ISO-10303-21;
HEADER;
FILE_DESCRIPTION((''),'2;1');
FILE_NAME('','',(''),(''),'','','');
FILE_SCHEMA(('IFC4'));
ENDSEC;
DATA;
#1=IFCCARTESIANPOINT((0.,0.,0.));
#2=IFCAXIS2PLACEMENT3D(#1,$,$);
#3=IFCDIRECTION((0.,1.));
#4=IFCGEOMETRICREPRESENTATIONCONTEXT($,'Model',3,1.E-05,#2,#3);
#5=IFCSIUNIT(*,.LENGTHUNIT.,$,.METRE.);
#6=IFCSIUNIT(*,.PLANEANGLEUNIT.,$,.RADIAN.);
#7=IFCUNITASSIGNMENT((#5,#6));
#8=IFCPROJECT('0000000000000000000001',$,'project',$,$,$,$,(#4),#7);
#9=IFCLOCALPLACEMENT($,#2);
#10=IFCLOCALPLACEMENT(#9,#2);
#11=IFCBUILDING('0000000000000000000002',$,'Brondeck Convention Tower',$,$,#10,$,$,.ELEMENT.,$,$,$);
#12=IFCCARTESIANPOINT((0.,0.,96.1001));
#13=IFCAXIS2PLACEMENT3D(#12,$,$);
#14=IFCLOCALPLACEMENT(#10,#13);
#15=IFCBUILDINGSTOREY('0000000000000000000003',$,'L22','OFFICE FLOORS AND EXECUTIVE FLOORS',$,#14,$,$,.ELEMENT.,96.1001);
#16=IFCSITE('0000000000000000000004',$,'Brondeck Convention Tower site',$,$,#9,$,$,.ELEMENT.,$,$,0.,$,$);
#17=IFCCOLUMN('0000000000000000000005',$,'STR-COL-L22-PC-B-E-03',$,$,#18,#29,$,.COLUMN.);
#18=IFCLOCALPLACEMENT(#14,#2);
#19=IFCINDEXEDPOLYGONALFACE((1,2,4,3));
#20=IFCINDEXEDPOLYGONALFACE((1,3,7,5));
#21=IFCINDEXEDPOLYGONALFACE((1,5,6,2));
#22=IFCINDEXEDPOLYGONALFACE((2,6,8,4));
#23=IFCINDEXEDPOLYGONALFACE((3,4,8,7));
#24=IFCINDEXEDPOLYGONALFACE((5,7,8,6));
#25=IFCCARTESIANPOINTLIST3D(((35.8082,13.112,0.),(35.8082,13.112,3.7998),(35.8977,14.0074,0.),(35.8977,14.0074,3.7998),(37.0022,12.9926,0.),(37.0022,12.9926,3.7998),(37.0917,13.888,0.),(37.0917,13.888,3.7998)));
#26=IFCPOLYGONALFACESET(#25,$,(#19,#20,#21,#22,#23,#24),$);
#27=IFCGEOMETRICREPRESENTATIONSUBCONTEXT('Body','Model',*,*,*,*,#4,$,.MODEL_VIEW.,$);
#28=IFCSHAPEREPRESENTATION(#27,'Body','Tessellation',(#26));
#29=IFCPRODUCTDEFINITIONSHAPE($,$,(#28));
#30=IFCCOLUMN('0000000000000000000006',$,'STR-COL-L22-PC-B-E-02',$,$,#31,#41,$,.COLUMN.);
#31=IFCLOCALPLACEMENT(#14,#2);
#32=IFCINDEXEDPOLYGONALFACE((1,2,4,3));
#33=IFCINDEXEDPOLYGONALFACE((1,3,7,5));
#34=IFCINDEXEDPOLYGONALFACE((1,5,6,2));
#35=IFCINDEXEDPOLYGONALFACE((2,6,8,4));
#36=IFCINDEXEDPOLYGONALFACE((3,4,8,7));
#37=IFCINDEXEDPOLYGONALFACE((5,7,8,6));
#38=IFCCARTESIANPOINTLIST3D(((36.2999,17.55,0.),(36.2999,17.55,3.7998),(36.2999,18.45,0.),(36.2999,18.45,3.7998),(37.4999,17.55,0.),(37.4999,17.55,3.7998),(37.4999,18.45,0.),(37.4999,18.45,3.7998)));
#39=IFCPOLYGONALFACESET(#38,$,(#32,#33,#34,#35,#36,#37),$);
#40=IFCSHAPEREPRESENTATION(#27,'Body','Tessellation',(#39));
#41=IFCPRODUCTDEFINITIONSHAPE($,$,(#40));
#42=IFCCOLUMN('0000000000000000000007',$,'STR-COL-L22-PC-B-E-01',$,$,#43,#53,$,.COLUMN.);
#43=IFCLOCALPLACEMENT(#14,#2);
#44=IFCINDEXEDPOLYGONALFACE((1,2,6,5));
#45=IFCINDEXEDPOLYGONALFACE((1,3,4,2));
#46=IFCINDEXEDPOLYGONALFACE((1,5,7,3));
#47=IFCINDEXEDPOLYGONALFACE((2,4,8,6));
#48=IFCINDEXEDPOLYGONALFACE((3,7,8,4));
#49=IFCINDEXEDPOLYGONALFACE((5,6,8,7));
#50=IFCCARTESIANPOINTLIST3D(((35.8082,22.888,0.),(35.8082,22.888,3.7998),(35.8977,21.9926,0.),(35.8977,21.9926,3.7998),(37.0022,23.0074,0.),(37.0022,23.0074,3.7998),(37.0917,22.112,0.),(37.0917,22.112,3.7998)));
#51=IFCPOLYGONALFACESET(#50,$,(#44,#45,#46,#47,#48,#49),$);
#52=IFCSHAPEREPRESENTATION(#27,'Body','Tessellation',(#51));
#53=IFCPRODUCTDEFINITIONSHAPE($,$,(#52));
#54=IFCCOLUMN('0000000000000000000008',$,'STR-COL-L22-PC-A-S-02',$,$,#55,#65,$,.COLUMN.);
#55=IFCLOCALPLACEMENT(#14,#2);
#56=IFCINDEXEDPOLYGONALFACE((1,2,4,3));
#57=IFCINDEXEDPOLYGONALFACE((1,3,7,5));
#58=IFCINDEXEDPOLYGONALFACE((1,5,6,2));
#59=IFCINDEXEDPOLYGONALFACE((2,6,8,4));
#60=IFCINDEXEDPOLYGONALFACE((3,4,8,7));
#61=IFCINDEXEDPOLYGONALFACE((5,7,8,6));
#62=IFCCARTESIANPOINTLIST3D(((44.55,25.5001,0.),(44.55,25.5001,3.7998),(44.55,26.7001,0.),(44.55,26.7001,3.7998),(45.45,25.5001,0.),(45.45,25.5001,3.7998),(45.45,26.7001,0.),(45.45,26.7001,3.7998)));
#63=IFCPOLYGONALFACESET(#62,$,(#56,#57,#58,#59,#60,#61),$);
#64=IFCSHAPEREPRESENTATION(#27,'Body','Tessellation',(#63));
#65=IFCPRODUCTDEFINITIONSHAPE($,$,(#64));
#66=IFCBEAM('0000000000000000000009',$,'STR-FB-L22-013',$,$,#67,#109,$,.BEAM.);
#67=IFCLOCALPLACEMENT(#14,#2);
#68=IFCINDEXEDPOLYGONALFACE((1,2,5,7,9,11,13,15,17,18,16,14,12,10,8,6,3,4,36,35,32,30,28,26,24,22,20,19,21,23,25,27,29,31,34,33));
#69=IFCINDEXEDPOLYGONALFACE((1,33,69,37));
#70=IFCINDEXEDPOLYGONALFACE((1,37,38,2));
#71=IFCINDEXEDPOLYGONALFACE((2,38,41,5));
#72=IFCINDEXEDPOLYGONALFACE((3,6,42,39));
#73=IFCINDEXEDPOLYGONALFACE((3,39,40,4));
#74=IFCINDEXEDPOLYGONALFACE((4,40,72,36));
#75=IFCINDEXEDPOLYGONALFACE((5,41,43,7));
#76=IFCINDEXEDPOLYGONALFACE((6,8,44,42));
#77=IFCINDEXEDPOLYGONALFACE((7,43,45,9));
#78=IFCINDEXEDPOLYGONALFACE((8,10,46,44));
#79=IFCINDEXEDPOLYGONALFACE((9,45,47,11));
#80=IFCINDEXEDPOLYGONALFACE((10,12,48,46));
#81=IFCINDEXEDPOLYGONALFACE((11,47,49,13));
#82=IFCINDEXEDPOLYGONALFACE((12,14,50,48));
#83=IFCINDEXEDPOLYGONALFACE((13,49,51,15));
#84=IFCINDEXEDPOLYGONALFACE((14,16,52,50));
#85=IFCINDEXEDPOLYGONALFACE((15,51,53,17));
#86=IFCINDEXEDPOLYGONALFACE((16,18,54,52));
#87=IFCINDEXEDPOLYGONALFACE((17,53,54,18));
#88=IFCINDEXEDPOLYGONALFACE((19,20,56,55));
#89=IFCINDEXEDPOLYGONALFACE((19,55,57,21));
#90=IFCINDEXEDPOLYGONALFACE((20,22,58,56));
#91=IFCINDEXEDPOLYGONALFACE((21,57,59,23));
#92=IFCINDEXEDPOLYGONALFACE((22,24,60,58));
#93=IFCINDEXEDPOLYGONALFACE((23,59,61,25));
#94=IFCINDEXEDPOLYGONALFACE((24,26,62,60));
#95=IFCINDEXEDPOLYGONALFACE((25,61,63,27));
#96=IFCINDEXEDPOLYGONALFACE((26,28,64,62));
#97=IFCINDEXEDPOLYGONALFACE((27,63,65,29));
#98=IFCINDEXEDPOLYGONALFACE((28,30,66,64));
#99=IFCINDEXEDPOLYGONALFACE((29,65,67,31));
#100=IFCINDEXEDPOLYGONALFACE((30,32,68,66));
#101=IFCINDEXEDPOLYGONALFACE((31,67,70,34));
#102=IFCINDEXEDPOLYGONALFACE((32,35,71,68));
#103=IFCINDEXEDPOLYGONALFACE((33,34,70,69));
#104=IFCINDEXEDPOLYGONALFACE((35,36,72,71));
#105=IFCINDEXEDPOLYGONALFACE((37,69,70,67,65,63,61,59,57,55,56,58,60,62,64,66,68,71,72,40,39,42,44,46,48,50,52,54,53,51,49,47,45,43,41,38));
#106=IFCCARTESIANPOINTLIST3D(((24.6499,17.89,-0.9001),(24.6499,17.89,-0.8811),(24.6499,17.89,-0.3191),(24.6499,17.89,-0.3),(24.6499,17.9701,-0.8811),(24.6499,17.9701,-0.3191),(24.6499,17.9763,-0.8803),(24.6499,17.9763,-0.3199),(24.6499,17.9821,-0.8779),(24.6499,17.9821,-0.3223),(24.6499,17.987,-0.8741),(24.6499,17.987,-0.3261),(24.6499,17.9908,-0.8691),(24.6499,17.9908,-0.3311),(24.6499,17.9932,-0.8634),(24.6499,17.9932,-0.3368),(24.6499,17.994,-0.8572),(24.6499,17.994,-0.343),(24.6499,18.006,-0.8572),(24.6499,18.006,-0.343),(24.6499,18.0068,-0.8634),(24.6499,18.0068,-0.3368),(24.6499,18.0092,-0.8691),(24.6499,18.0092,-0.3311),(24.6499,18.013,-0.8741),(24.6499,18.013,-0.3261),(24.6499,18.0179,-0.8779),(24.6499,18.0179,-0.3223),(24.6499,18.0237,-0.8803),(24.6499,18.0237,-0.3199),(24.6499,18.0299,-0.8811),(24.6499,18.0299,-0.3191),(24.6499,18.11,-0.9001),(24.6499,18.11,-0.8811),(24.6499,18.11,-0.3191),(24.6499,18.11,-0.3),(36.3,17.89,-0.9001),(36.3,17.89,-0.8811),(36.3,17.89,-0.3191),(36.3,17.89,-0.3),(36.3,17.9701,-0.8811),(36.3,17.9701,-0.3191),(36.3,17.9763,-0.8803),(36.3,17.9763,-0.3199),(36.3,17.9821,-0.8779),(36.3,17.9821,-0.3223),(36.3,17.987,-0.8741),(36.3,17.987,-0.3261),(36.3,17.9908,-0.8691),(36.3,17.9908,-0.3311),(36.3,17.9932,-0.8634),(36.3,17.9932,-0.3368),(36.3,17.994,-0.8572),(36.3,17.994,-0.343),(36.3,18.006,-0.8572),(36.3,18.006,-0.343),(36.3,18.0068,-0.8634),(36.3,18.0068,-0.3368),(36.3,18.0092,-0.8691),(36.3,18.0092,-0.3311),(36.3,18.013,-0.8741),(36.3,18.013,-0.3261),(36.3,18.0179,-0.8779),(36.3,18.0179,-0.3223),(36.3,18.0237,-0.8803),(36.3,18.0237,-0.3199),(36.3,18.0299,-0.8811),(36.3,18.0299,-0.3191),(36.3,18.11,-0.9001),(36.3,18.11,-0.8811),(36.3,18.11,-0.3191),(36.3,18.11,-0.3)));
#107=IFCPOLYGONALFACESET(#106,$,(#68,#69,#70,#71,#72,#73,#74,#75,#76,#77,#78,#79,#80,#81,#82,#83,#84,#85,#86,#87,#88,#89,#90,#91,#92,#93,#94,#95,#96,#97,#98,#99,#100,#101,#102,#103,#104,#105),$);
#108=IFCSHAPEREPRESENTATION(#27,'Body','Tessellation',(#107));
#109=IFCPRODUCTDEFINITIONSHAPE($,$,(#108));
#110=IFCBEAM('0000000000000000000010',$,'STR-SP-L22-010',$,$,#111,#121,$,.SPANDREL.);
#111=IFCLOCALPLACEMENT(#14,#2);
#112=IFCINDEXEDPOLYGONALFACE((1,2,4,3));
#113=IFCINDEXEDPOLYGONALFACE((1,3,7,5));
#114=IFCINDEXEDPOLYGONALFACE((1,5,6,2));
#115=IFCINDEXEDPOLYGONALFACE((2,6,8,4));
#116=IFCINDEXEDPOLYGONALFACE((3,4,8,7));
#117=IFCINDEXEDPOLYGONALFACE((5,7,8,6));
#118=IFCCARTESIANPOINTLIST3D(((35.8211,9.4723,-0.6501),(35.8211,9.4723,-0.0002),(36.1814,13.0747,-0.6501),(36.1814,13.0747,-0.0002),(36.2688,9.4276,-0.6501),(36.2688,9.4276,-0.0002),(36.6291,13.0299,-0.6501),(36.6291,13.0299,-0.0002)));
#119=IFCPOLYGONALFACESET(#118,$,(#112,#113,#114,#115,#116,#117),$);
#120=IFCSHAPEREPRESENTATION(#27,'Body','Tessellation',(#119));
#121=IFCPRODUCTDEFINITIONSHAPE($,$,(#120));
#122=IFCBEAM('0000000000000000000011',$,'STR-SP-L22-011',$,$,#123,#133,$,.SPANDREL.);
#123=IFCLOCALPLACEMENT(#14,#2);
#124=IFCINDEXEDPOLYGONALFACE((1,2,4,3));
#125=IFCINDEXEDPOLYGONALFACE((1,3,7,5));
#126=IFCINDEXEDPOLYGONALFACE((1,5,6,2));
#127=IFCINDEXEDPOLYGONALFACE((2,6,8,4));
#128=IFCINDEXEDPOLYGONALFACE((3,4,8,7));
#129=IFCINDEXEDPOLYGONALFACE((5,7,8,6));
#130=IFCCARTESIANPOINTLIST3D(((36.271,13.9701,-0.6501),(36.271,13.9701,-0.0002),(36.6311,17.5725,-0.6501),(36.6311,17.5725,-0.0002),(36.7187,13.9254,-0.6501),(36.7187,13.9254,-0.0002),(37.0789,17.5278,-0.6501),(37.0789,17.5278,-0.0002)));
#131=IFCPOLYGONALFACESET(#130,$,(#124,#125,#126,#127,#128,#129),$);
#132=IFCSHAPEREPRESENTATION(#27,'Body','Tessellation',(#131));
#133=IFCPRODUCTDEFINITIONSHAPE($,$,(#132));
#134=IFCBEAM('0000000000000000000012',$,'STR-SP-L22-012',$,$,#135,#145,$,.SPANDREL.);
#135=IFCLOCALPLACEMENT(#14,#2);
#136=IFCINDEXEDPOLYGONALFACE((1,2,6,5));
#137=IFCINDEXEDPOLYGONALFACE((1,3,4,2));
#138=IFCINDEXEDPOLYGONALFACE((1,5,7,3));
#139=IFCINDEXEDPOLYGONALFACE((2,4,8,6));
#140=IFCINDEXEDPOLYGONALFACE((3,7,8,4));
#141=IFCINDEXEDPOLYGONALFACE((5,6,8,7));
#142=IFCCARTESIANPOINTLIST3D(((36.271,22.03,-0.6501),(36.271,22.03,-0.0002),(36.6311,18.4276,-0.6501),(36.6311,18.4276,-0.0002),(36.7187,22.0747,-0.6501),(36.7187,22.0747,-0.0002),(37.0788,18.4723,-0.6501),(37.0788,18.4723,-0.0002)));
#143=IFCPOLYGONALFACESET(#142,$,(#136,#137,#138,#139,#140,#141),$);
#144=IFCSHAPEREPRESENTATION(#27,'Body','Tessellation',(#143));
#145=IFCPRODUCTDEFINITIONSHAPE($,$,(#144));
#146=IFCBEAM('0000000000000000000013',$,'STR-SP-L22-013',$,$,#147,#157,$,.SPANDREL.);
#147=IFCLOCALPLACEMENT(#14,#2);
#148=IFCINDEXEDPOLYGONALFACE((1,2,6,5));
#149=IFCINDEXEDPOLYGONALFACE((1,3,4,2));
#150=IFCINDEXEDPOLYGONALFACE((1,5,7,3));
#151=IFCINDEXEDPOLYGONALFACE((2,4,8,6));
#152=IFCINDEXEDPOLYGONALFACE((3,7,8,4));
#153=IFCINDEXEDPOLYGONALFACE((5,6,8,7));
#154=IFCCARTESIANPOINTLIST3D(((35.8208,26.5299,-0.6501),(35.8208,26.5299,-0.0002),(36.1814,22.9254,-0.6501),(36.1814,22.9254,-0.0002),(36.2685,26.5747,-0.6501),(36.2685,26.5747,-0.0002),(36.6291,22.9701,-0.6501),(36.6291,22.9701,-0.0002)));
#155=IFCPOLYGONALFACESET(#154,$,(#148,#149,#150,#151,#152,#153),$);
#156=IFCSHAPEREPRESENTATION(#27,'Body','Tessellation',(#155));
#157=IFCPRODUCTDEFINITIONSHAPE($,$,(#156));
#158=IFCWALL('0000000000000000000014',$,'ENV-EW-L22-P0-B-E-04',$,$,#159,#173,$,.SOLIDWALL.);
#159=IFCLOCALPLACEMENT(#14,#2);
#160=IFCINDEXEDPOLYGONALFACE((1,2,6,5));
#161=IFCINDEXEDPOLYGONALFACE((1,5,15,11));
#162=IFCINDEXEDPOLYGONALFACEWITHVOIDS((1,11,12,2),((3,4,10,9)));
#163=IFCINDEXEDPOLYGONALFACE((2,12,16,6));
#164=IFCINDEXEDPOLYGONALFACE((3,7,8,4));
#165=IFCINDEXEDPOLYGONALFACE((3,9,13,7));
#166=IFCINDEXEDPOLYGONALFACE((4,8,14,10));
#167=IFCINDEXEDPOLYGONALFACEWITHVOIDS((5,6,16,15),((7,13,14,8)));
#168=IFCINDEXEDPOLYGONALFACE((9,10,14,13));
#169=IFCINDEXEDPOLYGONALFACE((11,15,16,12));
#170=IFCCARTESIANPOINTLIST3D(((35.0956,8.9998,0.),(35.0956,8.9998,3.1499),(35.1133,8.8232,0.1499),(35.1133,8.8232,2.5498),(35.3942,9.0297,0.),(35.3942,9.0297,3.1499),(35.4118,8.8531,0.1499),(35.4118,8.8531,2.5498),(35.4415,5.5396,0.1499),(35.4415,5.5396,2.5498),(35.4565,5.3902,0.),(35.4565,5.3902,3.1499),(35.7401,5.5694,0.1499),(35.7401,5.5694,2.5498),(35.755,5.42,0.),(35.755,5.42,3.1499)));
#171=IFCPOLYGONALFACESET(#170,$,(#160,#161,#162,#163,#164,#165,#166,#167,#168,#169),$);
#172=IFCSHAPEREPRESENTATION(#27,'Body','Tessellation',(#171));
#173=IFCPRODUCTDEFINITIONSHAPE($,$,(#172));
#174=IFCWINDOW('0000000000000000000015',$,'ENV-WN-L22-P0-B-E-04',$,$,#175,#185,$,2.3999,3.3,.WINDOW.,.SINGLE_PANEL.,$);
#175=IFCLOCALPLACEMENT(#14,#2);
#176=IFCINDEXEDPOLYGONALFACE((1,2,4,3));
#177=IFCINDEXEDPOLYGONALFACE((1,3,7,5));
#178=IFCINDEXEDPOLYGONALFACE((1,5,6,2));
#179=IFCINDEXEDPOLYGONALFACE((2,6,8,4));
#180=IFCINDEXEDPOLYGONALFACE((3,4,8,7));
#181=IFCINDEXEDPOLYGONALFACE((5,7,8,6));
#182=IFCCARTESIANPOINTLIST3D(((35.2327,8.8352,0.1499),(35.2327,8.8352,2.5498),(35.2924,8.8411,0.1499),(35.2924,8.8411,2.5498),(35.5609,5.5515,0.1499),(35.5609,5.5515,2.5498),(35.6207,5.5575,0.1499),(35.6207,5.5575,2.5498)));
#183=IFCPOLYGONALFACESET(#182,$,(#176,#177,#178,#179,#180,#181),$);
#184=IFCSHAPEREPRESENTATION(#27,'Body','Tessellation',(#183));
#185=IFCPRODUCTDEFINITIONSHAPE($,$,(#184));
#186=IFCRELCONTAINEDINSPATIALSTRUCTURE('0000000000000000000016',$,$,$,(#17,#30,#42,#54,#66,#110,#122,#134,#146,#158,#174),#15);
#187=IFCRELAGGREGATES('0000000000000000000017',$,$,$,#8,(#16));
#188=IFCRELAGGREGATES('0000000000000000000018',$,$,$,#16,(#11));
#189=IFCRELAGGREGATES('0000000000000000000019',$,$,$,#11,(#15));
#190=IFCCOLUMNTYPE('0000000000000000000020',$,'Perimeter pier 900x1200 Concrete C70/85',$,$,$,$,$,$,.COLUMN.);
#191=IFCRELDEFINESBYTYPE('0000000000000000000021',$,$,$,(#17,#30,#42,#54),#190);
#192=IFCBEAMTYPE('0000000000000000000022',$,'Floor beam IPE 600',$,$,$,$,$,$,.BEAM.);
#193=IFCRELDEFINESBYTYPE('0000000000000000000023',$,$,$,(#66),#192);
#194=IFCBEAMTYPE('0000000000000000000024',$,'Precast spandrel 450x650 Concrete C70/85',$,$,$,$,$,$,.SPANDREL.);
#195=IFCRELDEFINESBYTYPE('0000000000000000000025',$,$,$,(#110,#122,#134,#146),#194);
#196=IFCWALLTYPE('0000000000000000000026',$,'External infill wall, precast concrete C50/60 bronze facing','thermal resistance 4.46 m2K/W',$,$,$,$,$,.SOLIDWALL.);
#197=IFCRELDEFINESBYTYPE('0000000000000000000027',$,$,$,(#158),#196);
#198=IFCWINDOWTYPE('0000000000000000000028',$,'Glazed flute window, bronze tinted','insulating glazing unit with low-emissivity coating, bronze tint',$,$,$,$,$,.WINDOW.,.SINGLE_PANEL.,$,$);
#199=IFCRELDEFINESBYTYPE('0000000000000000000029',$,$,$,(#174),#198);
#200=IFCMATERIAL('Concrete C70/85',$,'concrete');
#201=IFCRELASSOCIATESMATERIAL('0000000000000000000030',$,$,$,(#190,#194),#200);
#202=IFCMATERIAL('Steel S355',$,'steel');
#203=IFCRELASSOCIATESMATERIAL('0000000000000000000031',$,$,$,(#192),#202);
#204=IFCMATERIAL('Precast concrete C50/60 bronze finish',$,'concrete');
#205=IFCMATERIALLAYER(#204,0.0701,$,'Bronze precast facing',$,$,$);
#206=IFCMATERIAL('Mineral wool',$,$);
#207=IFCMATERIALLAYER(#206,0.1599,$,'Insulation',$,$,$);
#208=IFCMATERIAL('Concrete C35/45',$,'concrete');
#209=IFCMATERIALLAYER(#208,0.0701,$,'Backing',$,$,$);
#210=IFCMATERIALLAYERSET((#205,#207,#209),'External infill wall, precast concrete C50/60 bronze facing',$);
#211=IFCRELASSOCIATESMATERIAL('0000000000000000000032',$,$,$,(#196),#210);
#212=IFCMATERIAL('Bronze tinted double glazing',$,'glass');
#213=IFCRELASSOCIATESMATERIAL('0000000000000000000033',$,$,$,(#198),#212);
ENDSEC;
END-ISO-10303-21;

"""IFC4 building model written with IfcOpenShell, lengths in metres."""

from ifc_helpers import new_model, si_unit, direction, frame, frame_2d, origin, origin_2d, place, context, subcontext, project, spatial, rectangle, i_section, extrude, material, layer, layer_set, material_profile, profile_set, type_object, element, fill, save


model = new_model("IFC4")

# Units and contexts
model_context = context("Model", 3, precision=1e-05, world=origin(), true_north=direction((0.0, 1.0)))
body_context = subcontext(model_context, "Body", "Model", "MODEL_VIEW")
ifc_project = project(units=[si_unit("LENGTHUNIT", "METRE"), si_unit("PLANEANGLEUNIT", "RADIAN")], contexts=[model_context])

# Site, building, storey
site_placement = place(None, origin())
site = spatial("IfcSite", under=ifc_project, at=site_placement, Name="Brondeck Convention Tower site", CompositionType="ELEMENT", RefElevation=0.0)
building_placement = place(site_placement, origin())
building = spatial("IfcBuilding", under=site, at=building_placement, Name="Brondeck Convention Tower", CompositionType="ELEMENT")
storey_placement = place(building_placement, frame((0.0, 0.0, 96.1001)))
storey = spatial("IfcBuildingStorey", under=building, at=storey_placement, Name="L22", Description="OFFICE FLOORS AND EXECUTIVE FLOORS", CompositionType="ELEMENT", Elevation=96.1001)

# Columns
ifc_material_1 = material(Name="Concrete C70/85", Category="concrete")
ifc_material_profile_1 = material_profile(ifc_material_1, rectangle(XDim=0.8999, YDim=1.2, at=origin_2d()), Name="Perimeter pier 900x1200 Concrete C70/85")
ifc_profile_set_1 = profile_set([ifc_material_profile_1], Name="Concrete C70/85")
column_type = type_object("IfcColumnType", Name="Perimeter pier 900x1200 Concrete C70/85", PredefinedType="COLUMN", material=ifc_profile_set_1)
for number, where, z_axis, x_axis, name in (
    (1, (36.45, 13.5, 0.0), (0.0, 0.0, 1.0), (0.099504, 0.995037, 0.0), "STR-COL-L22-PC-B-E-03"),
    (2, (36.8999, 18.0, 0.0), (0.0, 0.0, 1.0), (0.0, 1.0, 0.0), "STR-COL-L22-PC-B-E-02"),
    (3, (36.45, 22.5, 0.0), (0.0, 0.0, 1.0), (-0.099504, 0.995037, 0.0), "STR-COL-L22-PC-B-E-01"),
    (4, (45.0, 26.1001, 0.0), (0.0, 0.0, 1.0), (1.0, 0.0, 0.0), "STR-COL-L22-PC-A-S-02"),
):
    element("IfcColumn", number, at=place(storey_placement, frame(where, z_axis=z_axis, x_axis=x_axis)), inside=storey, type_object=column_type, Name=name, PredefinedType="COLUMN", context=body_context, shape_type="SweptSolid", body=[
        extrude(rectangle(XDim=0.8999, YDim=1.2, at=origin_2d()), origin(), (0.0, 0.0, 1.0), 3.7998),
    ])

# Beams
ifc_material_2 = material(Name="Steel S355", Category="steel")
ifc_material_profile_2 = material_profile(ifc_material_2, i_section(OverallWidth=0.22, OverallDepth=0.6001, WebThickness=0.012, FlangeThickness=0.019, FilletRadius=0.0239, at=origin_2d()), Name="IPE 600")
ifc_profile_set_2 = profile_set([ifc_material_profile_2], Name="Steel S355")
beam_type_1 = type_object("IfcBeamType", Name="Floor beam IPE 600", PredefinedType="BEAM", material=ifc_profile_set_2)
beam_1_placement = place(storey_placement, frame((24.6499, 18.0, -0.6001), z_axis=(1.0, 0.0, 0.0), x_axis=(0.0, 1.0, 0.0)))
element("IfcBeam", 5, at=beam_1_placement, inside=storey, type_object=beam_type_1, Name="STR-FB-L22-013", PredefinedType="BEAM", context=body_context, shape_type="SweptSolid", body=[
    extrude(i_section(OverallWidth=0.22, OverallDepth=0.6001, WebThickness=0.012, FlangeThickness=0.019, FilletRadius=0.0239, at=origin_2d()), origin(), (0.0, 0.0, 1.0), 11.6501),
])
ifc_material_profile_3 = material_profile(ifc_material_1, rectangle(XDim=0.45, YDim=0.6499, at=origin_2d()), Name="Precast spandrel 450x650 Concrete C70/85")
ifc_profile_set_3 = profile_set([ifc_material_profile_3], Name="Concrete C70/85")
beam_type_2 = type_object("IfcBeamType", Name="Precast spandrel 450x650 Concrete C70/85", PredefinedType="SPANDREL", material=ifc_profile_set_3)
for number, where, z_axis, x_axis, name in (
    (6, (36.0449, 9.45, -0.3252), (0.099537, 0.995034, 0.0), (-0.995034, 0.099537, 0.0), "STR-SP-L22-010"),
    (7, (36.4949, 13.9478, -0.3252), (0.09947, 0.995041, 0.0), (-0.995041, 0.09947, 0.0), "STR-SP-L22-011"),
    (8, (36.855, 18.45, -0.3252), (-0.09947, 0.995041, 0.0), (-0.995041, -0.09947, 0.0), "STR-SP-L22-012"),
):
    element("IfcBeam", number, at=place(storey_placement, frame(where, z_axis=z_axis, x_axis=x_axis)), inside=storey, type_object=beam_type_2, Name=name, PredefinedType="SPANDREL", context=body_context, shape_type="SweptSolid", body=[
        extrude(rectangle(XDim=0.45, YDim=0.6499, at=origin_2d()), origin(), (0.0, 0.0, 1.0), 3.6204),
    ])
beam_2_placement = place(storey_placement, frame((36.4053, 22.9478, -0.3252), z_axis=(-0.099544, 0.995033, 0.0), x_axis=(-0.995033, -0.099544, 0.0)))
element("IfcBeam", 9, at=beam_2_placement, inside=storey, type_object=beam_type_2, Name="STR-SP-L22-013", PredefinedType="SPANDREL", context=body_context, shape_type="SweptSolid", body=[
    extrude(rectangle(XDim=0.45, YDim=0.6499, at=origin_2d()), origin(), (0.0, 0.0, 1.0), 3.6226),
])

# Wall, opening, window
ifc_material_3 = material(Name="Precast concrete C50/60 bronze finish", Category="concrete")
ifc_layer_1 = layer(ifc_material_3, 0.0701, Name="Bronze precast facing")
ifc_material_4 = material(Name="Mineral wool")
ifc_layer_2 = layer(ifc_material_4, 0.1599, Name="Insulation")
ifc_material_5 = material(Name="Concrete C35/45", Category="concrete")
ifc_layer_3 = layer(ifc_material_5, 0.0701, Name="Backing")
ifc_layer_set_1 = layer_set([ifc_layer_1, ifc_layer_2, ifc_layer_3], Name="External infill wall, precast concrete C50/60 bronze facing")
wall_type_1 = type_object("IfcWallType", Name="External infill wall, precast concrete C50/60 bronze facing", Description="thermal resistance 4.46 m2K/W", PredefinedType="SOLIDWALL", material=ifc_layer_set_1)
wall_1_placement = place(storey_placement, frame((35.2449, 9.0149, 0.0), z_axis=(0.0, 0.0, 1.0), x_axis=(0.09947, -0.995041, 0.0)))
wall_1 = element("IfcWall", 10, at=wall_1_placement, inside=storey, type_object=wall_type_1, Name="ENV-EW-L22-P0-B-E-04", PredefinedType="SOLIDWALL", context=body_context, shape_type="SweptSolid", body=[
    extrude(rectangle(XDim=3.6277, YDim=0.3, at=frame_2d((1.814, 0.0))), origin(), (0.0, 0.0, 1.0), 3.1499),
])
opening_1_placement = place(wall_1_placement, frame((0.1777, 0.0, 0.1499)))
opening_1 = element("IfcOpeningElement", 11, at=opening_1_placement, cuts=wall_1, PredefinedType="OPENING", context=body_context, shape_type="SweptSolid", body=[
    extrude(rectangle(XDim=3.3, YDim=2.3999, at=frame_2d((1.6499, 1.2))), frame((0.0, 0.1599, 0.0), z_axis=(0.0, -1.0, 0.0), x_axis=(1.0, 0.0, 0.0)), (0.0, 0.0, 1.0), 0.3201),
])
ifc_material_6 = material(Name="Bronze tinted double glazing", Category="glass")
window_type_1 = type_object("IfcWindowType", Name="Glazed flute window, bronze tinted", Description="insulating glazing unit with low-emissivity coating, bronze tint", PartitioningType="SINGLE_PANEL", PredefinedType="WINDOW", material=ifc_material_6)
window_1_placement = place(opening_1_placement, origin())
window_1 = element("IfcWindow", 12, at=window_1_placement, inside=storey, type_object=window_type_1, Name="ENV-WN-L22-P0-B-E-04", OverallHeight=2.3999, OverallWidth=3.3, PartitioningType="SINGLE_PANEL", PredefinedType="WINDOW", context=body_context, shape_type="SweptSolid", body=[
    extrude(rectangle(XDim=3.3, YDim=2.3999, at=frame_2d((1.6499, 1.2))), frame((0.0, 0.03, 0.0), z_axis=(0.0, -1.0, 0.0), x_axis=(1.0, 0.0, 0.0)), (0.0, 0.0, 1.0), 0.0601),
])
fill(opening_1, window_1)

save(model, "model.ifc")
